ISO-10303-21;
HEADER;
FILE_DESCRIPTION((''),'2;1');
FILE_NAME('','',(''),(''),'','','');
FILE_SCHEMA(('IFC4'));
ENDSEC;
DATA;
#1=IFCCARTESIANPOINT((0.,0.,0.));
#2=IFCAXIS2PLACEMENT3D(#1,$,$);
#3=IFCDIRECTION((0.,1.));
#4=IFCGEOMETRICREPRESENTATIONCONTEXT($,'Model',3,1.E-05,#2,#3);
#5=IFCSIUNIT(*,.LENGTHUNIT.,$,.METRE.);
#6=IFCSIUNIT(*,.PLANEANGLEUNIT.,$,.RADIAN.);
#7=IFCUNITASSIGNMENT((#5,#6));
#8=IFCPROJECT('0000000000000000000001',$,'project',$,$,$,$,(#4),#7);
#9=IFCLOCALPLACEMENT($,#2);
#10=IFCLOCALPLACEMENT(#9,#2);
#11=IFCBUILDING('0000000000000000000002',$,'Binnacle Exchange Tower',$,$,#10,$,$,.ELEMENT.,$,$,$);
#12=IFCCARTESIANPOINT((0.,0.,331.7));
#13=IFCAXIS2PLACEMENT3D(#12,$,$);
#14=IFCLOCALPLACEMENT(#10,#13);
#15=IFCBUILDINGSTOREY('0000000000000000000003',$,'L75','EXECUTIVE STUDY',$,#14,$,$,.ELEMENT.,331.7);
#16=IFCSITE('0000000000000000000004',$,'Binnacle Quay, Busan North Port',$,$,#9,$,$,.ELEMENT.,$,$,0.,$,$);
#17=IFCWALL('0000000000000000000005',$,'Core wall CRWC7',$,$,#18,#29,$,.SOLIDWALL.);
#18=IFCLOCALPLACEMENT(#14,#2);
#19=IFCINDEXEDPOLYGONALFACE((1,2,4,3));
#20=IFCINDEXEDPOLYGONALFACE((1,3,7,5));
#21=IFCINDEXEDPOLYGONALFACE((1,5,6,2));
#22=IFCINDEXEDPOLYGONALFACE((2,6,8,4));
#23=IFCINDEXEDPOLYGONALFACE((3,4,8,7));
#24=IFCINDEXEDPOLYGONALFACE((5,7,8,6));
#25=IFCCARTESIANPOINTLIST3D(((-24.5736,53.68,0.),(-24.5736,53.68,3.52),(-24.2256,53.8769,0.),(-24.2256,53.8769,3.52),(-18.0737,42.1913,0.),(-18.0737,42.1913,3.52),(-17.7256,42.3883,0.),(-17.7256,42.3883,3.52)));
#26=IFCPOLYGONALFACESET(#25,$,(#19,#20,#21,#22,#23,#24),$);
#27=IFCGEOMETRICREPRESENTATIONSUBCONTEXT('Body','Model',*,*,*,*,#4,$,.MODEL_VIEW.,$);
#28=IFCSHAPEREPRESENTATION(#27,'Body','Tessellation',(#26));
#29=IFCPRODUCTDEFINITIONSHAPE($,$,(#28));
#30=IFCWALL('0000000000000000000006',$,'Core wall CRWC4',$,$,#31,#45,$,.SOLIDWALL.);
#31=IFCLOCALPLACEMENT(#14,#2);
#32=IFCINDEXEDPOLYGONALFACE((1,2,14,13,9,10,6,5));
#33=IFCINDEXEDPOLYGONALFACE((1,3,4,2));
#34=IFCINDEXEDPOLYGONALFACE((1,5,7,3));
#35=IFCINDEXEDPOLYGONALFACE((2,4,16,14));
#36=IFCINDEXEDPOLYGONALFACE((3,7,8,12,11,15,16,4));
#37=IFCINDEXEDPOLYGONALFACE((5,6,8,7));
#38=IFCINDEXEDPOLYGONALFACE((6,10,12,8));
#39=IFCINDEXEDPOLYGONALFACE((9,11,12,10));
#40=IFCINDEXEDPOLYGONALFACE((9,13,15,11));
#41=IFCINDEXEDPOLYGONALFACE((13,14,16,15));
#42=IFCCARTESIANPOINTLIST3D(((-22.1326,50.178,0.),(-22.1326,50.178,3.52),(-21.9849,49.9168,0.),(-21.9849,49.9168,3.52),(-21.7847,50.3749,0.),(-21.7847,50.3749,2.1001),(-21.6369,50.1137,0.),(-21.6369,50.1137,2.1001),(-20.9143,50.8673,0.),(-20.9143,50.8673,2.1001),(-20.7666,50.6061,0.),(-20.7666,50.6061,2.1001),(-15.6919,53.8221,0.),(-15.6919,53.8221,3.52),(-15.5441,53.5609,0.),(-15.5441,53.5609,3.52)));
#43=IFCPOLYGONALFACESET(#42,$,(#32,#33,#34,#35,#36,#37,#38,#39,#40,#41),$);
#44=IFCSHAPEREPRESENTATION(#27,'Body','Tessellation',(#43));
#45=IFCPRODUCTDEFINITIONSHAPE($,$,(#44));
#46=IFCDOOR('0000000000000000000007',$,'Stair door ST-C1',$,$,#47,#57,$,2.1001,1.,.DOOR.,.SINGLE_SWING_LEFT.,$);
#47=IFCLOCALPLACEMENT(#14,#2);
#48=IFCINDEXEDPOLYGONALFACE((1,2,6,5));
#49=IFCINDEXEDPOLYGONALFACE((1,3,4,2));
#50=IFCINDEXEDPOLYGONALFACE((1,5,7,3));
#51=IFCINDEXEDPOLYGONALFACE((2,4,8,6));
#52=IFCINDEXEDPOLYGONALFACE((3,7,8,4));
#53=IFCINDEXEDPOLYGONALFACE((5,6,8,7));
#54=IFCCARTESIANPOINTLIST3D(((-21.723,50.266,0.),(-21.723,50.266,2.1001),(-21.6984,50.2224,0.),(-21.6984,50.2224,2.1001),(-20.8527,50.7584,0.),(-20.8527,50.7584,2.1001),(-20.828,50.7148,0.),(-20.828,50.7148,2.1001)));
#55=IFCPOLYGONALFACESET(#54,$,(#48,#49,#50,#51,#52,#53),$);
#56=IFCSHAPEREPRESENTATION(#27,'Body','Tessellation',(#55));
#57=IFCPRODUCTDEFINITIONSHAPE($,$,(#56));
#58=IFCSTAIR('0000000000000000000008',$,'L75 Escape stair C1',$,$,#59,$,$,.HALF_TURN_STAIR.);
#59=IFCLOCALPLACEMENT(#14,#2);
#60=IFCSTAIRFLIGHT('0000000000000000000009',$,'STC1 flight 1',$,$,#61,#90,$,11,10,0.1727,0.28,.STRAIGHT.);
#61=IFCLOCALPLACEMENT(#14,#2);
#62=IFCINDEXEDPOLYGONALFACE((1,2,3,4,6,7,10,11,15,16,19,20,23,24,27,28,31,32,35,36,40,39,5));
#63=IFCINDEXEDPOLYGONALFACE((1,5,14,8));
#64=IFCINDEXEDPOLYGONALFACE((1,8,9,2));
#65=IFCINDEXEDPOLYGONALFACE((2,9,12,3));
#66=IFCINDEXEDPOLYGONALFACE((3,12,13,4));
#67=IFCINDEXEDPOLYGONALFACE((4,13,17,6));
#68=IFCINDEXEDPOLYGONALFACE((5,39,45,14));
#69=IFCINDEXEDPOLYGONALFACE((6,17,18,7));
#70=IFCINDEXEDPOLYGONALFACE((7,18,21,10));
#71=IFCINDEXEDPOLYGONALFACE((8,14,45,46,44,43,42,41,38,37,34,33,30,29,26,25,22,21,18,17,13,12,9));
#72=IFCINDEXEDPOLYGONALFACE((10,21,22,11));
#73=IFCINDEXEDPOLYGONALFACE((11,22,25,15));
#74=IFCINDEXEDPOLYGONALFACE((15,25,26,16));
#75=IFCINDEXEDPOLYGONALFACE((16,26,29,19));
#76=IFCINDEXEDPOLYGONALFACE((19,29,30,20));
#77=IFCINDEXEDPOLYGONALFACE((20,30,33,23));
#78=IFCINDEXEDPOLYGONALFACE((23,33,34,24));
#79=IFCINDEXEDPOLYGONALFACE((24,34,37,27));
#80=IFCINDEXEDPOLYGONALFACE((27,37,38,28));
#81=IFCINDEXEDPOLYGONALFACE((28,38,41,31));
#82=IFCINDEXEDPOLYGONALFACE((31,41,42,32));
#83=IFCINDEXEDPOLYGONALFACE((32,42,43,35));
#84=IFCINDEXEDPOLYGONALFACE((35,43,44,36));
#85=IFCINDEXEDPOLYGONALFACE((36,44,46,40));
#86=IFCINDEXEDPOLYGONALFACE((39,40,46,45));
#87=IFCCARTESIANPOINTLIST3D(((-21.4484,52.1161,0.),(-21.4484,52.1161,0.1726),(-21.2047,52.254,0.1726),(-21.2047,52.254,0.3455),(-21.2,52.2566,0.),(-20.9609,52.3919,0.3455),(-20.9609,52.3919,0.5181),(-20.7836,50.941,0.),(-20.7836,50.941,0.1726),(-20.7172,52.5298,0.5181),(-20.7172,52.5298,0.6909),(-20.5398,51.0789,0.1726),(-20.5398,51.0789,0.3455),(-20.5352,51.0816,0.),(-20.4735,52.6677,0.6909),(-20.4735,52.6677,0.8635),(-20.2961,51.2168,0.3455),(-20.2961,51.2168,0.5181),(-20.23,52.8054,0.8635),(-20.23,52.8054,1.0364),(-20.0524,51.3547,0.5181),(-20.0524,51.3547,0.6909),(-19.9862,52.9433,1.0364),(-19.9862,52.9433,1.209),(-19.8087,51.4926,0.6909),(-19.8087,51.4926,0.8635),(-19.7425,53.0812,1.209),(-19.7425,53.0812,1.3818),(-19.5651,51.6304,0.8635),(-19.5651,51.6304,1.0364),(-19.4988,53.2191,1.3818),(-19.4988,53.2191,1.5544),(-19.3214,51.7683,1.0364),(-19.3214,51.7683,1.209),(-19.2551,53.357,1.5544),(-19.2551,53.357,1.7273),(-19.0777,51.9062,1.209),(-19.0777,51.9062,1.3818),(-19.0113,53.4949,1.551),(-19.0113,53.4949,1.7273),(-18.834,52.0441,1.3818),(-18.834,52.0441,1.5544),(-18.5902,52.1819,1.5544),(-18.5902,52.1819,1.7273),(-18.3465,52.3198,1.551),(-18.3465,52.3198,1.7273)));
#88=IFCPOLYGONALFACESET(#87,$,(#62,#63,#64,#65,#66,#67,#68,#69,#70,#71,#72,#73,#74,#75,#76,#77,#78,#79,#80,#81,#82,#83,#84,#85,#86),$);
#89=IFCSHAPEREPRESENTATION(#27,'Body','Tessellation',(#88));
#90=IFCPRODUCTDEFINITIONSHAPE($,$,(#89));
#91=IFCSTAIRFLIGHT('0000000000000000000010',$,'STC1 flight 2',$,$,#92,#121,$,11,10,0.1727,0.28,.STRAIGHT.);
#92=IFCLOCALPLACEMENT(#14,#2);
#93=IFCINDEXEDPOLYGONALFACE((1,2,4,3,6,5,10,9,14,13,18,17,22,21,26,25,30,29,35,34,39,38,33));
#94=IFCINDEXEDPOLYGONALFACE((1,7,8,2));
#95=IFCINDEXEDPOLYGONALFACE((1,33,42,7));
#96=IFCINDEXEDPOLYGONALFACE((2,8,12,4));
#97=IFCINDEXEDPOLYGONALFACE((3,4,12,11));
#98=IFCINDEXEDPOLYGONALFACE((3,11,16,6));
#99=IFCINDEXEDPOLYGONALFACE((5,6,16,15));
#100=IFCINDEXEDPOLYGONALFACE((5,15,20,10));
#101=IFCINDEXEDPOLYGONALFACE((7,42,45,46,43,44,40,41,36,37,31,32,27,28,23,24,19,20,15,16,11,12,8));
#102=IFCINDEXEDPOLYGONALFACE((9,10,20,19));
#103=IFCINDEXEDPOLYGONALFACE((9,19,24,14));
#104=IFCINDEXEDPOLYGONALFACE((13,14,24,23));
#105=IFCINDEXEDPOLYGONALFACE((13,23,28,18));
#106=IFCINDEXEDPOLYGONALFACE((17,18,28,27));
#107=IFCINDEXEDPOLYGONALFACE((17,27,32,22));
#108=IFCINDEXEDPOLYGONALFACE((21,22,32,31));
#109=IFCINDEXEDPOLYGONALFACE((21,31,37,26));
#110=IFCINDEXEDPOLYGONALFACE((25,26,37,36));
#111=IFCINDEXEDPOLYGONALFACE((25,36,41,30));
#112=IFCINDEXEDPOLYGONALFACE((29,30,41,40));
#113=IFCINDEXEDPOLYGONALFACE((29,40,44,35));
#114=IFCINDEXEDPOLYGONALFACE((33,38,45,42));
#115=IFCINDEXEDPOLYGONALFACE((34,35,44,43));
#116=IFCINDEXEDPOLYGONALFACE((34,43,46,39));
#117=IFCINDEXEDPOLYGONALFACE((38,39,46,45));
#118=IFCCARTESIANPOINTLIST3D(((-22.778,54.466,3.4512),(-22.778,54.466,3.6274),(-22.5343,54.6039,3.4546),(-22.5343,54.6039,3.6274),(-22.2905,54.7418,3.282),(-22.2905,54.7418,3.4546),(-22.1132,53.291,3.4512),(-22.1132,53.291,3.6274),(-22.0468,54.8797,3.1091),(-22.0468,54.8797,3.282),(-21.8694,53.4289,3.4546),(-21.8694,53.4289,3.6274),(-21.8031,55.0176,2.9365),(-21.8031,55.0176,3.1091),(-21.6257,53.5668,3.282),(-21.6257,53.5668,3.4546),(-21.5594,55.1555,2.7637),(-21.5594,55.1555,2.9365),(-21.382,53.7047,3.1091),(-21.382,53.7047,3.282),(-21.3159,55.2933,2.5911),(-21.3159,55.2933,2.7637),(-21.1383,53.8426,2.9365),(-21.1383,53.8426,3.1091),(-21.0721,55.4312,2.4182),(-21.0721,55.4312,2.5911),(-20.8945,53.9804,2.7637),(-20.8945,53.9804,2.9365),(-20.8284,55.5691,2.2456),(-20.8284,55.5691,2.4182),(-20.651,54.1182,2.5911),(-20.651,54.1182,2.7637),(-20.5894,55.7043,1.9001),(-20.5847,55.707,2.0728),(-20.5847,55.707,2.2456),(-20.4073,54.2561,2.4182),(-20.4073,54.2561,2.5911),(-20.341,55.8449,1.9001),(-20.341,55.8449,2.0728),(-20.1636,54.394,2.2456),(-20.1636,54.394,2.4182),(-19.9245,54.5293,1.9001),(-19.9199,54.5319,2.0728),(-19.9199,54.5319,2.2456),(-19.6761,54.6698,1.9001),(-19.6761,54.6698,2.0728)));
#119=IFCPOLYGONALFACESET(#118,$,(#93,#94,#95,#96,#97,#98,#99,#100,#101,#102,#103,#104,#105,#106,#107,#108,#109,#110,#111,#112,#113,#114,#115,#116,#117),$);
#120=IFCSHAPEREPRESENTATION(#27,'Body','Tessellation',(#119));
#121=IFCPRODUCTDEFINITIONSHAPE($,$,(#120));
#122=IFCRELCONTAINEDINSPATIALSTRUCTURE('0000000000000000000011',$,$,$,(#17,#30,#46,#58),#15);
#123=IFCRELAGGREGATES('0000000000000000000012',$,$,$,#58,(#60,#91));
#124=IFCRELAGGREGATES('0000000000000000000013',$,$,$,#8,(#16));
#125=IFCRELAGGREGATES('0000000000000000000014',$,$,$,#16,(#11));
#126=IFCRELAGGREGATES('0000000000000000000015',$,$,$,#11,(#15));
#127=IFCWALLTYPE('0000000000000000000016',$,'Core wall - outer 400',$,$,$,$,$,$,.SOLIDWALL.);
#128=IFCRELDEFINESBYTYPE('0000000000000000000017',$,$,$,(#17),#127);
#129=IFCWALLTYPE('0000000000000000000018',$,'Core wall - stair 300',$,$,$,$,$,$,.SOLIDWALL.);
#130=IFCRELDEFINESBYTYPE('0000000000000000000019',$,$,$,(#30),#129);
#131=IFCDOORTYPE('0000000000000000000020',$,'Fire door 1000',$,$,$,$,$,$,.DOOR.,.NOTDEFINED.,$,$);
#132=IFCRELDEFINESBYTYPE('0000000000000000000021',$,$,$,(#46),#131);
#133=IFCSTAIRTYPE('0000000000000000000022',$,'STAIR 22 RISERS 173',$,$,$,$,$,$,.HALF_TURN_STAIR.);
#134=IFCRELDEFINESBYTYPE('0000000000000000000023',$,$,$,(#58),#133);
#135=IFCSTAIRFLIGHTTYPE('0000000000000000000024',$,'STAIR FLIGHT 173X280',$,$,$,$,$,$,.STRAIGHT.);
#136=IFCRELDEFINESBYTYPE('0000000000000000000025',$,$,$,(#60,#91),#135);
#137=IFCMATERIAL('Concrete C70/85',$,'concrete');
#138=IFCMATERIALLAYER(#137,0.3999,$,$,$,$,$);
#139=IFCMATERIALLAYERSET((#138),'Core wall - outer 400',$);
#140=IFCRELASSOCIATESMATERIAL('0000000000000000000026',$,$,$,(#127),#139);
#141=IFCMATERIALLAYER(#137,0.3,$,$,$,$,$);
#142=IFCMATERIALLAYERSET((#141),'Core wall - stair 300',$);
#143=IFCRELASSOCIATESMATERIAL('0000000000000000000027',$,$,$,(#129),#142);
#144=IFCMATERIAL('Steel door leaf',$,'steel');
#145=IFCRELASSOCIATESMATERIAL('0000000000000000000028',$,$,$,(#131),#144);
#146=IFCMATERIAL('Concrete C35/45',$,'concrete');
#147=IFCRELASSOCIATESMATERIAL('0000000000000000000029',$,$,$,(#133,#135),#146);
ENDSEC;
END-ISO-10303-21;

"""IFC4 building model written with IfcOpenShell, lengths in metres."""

from ifc_helpers import new_model, si_unit, direction, frame, frame_2d, origin, place, context, subcontext, project, spatial, polyline, rectangle, outline, extrude, material, layer, layer_set, type_object, element, fill, aggregate, save


model = new_model("IFC4")

# Units and contexts
model_context = context("Model", 3, precision=1e-05, world=origin(), true_north=direction((0.0, 1.0)))
body_context = subcontext(model_context, "Body", "Model", "MODEL_VIEW")
ifc_project = project(units=[si_unit("LENGTHUNIT", "METRE"), si_unit("PLANEANGLEUNIT", "RADIAN")], contexts=[model_context])

# Site, building, storey
site_placement = place(None, origin())
site = spatial("IfcSite", under=ifc_project, at=site_placement, Name="Binnacle Quay, Busan North Port", CompositionType="ELEMENT", RefElevation=0.0)
building_placement = place(site_placement, origin())
building = spatial("IfcBuilding", under=site, at=building_placement, Name="Binnacle Exchange Tower", CompositionType="ELEMENT")
storey_placement = place(building_placement, frame((0.0, 0.0, 331.7)))
storey = spatial("IfcBuildingStorey", under=building, at=storey_placement, Name="L75", Description="EXECUTIVE STUDY", CompositionType="ELEMENT", Elevation=331.7)

# Shared definitions
ifc_material_1 = material(Name="Concrete C70/85", Category="concrete")
ifc_material_2 = material(Name="Steel door leaf", Category="steel")

# Wall
ifc_layer_1 = layer(ifc_material_1, 0.3999)
ifc_layer_set_1 = layer_set([ifc_layer_1], Name="Core wall - outer 400")
wall_type_1 = type_object("IfcWallType", Name="Core wall - outer 400", PredefinedType="SOLIDWALL", material=ifc_layer_set_1)
wall_1_placement = place(storey_placement, frame((-24.3997, 53.7786, 0.0), z_axis=(0.0, 0.0, 1.0), x_axis=(0.492422, -0.870357, 0.0)))
element("IfcWall", 1, at=wall_1_placement, inside=storey, type_object=wall_type_1, Name="Core wall CRWC7", PredefinedType="SOLIDWALL", context=body_context, shape_type="SweptSolid", body=[
    extrude(rectangle(XDim=13.2, YDim=0.3999, at=frame_2d((6.6001, 0.0))), origin(), (0.0, 0.0, 1.0), 3.52),
])

# Wall, opening, door
ifc_layer_2 = layer(ifc_material_1, 0.3)
ifc_layer_set_2 = layer_set([ifc_layer_2], Name="Core wall - stair 300")
wall_type_2 = type_object("IfcWallType", Name="Core wall - stair 300", PredefinedType="SOLIDWALL", material=ifc_layer_set_2)
wall_2_placement = place(storey_placement, frame((-22.0588, 50.0474, 0.0), z_axis=(0.0, 0.0, 1.0), x_axis=(0.870351, 0.492432, 0.0)))
wall_2 = element("IfcWall", 2, at=wall_2_placement, inside=storey, type_object=wall_type_2, Name="Core wall CRWC4", PredefinedType="SOLIDWALL", context=body_context, shape_type="SweptSolid", body=[
    extrude(rectangle(XDim=7.4001, YDim=0.3, at=frame_2d((3.7002, 0.0))), origin(), (0.0, 0.0, 1.0), 3.52),
])
opening_1_placement = place(wall_2_placement, frame((0.3999, 0.0, 0.0)))
opening_1 = element("IfcOpeningElement", 3, at=opening_1_placement, cuts=wall_2, PredefinedType="OPENING", context=body_context, shape_type="SweptSolid", body=[
    extrude(rectangle(XDim=1.0, YDim=2.1001, at=frame_2d((0.5, 1.05))), frame((0.0, 0.1599, 0.0), z_axis=(0.0, -1.0, 0.0), x_axis=(1.0, 0.0, 0.0)), (0.0, 0.0, 1.0), 0.3201),
])
door_type_1 = type_object("IfcDoorType", Name="Fire door 1000", OperationType="NOTDEFINED", PredefinedType="DOOR", material=ifc_material_2)
door_1_placement = place(opening_1_placement, origin())
door_1 = element("IfcDoor", 4, at=door_1_placement, inside=storey, type_object=door_type_1, Name="Stair door ST-C1", OperationType="SINGLE_SWING_LEFT", OverallHeight=2.1001, OverallWidth=1.0, PredefinedType="DOOR", context=body_context, shape_type="SweptSolid", body=[
    extrude(rectangle(XDim=1.0, YDim=2.1001, at=frame_2d((0.5, 1.05))), frame((0.0, 0.0249, 0.0), z_axis=(0.0, -1.0, 0.0), x_axis=(1.0, 0.0, 0.0)), (0.0, 0.0, 1.0), 0.05),
])
fill(opening_1, door_1)

# Stair, stair flights
ifc_material_3 = material(Name="Concrete C35/45", Category="concrete")
stair_type = type_object("IfcStairType", Name="STAIR 22 RISERS 173", PredefinedType="HALF_TURN_STAIR", material=ifc_material_3)
stair_placement = place(storey_placement, origin())
stair = element("IfcStair", 5, at=stair_placement, inside=storey, type_object=stair_type, Name="L75 Escape stair C1", PredefinedType="HALF_TURN_STAIR")
stair_flight_type = type_object("IfcStairFlightType", Name="STAIR FLIGHT 173X280", PredefinedType="STRAIGHT", material=ifc_material_3)
stair_flight_1_placement = place(storey_placement, frame((-21.116, 51.5286, 0.0), z_axis=(0.0, 0.0, 1.0), x_axis=(0.870356, 0.492424, 0.0)))
stair_flight_1 = element("IfcStairFlight", 6, at=stair_flight_1_placement, type_object=stair_flight_type, Name="STC1 flight 1", NumberOfRisers=11, NumberOfTreads=10, PredefinedType="STRAIGHT", RiserHeight=0.1727, TreadLength=0.28, context=body_context, shape_type="SweptSolid", body=[
    extrude(outline(polyline([(0.0, 0.0), (0.0, 0.1726), (0.28, 0.1726), (0.28, 0.3455), (0.5601, 0.3455), (0.5601, 0.5181), (0.8401, 0.5181), (0.8401, 0.6909), (1.1201, 0.6909), (1.1201, 0.8635), (1.3999, 0.8635), (1.3999, 1.0364), (1.6799, 1.0364), (1.6799, 1.209), (1.96, 1.209), (1.96, 1.3818), (2.24, 1.3818), (2.24, 1.5544), (2.52, 1.5544), (2.52, 1.7273), (2.8, 1.7273), (2.8, 1.8999), (2.8, 1.551), (0.2854, 0.0), (0.0, 0.0)])), frame((0.0, 0.675, 0.0), z_axis=(0.0, -1.0, 0.0), x_axis=(1.0, 0.0, 0.0)), (0.0, 0.0, 1.0), 1.3501),
])
stair_flight_2_placement = place(storey_placement, frame((-20.0085, 55.2573, 1.9001), z_axis=(0.0, 0.0, 1.0), x_axis=(-0.870356, -0.492424, 0.0)))
stair_flight_2 = element("IfcStairFlight", 7, at=stair_flight_2_placement, type_object=stair_flight_type, Name="STC1 flight 2", NumberOfRisers=11, NumberOfTreads=10, PredefinedType="STRAIGHT", RiserHeight=0.1727, TreadLength=0.28, context=body_context, shape_type="SweptSolid", body=[
    extrude(outline(polyline([(0.0, 0.0), (0.0, 0.1726), (0.28, 0.1726), (0.28, 0.3455), (0.5601, 0.3455), (0.5601, 0.5181), (0.8401, 0.5181), (0.8401, 0.6909), (1.1201, 0.6909), (1.1201, 0.8635), (1.3999, 0.8635), (1.3999, 1.0364), (1.6799, 1.0364), (1.6799, 1.209), (1.96, 1.209), (1.96, 1.3818), (2.24, 1.3818), (2.24, 1.5544), (2.52, 1.5544), (2.52, 1.7273), (2.8, 1.7273), (2.8, 1.8999), (2.8, 1.551), (0.2854, 0.0), (0.0, 0.0)])), frame((0.0, 0.675, 0.0), z_axis=(0.0, -1.0, 0.0), x_axis=(1.0, 0.0, 0.0)), (0.0, 0.0, 1.0), 1.3501),
])
aggregate(stair, [stair_flight_1, stair_flight_2])

save(model, "model.ifc")
